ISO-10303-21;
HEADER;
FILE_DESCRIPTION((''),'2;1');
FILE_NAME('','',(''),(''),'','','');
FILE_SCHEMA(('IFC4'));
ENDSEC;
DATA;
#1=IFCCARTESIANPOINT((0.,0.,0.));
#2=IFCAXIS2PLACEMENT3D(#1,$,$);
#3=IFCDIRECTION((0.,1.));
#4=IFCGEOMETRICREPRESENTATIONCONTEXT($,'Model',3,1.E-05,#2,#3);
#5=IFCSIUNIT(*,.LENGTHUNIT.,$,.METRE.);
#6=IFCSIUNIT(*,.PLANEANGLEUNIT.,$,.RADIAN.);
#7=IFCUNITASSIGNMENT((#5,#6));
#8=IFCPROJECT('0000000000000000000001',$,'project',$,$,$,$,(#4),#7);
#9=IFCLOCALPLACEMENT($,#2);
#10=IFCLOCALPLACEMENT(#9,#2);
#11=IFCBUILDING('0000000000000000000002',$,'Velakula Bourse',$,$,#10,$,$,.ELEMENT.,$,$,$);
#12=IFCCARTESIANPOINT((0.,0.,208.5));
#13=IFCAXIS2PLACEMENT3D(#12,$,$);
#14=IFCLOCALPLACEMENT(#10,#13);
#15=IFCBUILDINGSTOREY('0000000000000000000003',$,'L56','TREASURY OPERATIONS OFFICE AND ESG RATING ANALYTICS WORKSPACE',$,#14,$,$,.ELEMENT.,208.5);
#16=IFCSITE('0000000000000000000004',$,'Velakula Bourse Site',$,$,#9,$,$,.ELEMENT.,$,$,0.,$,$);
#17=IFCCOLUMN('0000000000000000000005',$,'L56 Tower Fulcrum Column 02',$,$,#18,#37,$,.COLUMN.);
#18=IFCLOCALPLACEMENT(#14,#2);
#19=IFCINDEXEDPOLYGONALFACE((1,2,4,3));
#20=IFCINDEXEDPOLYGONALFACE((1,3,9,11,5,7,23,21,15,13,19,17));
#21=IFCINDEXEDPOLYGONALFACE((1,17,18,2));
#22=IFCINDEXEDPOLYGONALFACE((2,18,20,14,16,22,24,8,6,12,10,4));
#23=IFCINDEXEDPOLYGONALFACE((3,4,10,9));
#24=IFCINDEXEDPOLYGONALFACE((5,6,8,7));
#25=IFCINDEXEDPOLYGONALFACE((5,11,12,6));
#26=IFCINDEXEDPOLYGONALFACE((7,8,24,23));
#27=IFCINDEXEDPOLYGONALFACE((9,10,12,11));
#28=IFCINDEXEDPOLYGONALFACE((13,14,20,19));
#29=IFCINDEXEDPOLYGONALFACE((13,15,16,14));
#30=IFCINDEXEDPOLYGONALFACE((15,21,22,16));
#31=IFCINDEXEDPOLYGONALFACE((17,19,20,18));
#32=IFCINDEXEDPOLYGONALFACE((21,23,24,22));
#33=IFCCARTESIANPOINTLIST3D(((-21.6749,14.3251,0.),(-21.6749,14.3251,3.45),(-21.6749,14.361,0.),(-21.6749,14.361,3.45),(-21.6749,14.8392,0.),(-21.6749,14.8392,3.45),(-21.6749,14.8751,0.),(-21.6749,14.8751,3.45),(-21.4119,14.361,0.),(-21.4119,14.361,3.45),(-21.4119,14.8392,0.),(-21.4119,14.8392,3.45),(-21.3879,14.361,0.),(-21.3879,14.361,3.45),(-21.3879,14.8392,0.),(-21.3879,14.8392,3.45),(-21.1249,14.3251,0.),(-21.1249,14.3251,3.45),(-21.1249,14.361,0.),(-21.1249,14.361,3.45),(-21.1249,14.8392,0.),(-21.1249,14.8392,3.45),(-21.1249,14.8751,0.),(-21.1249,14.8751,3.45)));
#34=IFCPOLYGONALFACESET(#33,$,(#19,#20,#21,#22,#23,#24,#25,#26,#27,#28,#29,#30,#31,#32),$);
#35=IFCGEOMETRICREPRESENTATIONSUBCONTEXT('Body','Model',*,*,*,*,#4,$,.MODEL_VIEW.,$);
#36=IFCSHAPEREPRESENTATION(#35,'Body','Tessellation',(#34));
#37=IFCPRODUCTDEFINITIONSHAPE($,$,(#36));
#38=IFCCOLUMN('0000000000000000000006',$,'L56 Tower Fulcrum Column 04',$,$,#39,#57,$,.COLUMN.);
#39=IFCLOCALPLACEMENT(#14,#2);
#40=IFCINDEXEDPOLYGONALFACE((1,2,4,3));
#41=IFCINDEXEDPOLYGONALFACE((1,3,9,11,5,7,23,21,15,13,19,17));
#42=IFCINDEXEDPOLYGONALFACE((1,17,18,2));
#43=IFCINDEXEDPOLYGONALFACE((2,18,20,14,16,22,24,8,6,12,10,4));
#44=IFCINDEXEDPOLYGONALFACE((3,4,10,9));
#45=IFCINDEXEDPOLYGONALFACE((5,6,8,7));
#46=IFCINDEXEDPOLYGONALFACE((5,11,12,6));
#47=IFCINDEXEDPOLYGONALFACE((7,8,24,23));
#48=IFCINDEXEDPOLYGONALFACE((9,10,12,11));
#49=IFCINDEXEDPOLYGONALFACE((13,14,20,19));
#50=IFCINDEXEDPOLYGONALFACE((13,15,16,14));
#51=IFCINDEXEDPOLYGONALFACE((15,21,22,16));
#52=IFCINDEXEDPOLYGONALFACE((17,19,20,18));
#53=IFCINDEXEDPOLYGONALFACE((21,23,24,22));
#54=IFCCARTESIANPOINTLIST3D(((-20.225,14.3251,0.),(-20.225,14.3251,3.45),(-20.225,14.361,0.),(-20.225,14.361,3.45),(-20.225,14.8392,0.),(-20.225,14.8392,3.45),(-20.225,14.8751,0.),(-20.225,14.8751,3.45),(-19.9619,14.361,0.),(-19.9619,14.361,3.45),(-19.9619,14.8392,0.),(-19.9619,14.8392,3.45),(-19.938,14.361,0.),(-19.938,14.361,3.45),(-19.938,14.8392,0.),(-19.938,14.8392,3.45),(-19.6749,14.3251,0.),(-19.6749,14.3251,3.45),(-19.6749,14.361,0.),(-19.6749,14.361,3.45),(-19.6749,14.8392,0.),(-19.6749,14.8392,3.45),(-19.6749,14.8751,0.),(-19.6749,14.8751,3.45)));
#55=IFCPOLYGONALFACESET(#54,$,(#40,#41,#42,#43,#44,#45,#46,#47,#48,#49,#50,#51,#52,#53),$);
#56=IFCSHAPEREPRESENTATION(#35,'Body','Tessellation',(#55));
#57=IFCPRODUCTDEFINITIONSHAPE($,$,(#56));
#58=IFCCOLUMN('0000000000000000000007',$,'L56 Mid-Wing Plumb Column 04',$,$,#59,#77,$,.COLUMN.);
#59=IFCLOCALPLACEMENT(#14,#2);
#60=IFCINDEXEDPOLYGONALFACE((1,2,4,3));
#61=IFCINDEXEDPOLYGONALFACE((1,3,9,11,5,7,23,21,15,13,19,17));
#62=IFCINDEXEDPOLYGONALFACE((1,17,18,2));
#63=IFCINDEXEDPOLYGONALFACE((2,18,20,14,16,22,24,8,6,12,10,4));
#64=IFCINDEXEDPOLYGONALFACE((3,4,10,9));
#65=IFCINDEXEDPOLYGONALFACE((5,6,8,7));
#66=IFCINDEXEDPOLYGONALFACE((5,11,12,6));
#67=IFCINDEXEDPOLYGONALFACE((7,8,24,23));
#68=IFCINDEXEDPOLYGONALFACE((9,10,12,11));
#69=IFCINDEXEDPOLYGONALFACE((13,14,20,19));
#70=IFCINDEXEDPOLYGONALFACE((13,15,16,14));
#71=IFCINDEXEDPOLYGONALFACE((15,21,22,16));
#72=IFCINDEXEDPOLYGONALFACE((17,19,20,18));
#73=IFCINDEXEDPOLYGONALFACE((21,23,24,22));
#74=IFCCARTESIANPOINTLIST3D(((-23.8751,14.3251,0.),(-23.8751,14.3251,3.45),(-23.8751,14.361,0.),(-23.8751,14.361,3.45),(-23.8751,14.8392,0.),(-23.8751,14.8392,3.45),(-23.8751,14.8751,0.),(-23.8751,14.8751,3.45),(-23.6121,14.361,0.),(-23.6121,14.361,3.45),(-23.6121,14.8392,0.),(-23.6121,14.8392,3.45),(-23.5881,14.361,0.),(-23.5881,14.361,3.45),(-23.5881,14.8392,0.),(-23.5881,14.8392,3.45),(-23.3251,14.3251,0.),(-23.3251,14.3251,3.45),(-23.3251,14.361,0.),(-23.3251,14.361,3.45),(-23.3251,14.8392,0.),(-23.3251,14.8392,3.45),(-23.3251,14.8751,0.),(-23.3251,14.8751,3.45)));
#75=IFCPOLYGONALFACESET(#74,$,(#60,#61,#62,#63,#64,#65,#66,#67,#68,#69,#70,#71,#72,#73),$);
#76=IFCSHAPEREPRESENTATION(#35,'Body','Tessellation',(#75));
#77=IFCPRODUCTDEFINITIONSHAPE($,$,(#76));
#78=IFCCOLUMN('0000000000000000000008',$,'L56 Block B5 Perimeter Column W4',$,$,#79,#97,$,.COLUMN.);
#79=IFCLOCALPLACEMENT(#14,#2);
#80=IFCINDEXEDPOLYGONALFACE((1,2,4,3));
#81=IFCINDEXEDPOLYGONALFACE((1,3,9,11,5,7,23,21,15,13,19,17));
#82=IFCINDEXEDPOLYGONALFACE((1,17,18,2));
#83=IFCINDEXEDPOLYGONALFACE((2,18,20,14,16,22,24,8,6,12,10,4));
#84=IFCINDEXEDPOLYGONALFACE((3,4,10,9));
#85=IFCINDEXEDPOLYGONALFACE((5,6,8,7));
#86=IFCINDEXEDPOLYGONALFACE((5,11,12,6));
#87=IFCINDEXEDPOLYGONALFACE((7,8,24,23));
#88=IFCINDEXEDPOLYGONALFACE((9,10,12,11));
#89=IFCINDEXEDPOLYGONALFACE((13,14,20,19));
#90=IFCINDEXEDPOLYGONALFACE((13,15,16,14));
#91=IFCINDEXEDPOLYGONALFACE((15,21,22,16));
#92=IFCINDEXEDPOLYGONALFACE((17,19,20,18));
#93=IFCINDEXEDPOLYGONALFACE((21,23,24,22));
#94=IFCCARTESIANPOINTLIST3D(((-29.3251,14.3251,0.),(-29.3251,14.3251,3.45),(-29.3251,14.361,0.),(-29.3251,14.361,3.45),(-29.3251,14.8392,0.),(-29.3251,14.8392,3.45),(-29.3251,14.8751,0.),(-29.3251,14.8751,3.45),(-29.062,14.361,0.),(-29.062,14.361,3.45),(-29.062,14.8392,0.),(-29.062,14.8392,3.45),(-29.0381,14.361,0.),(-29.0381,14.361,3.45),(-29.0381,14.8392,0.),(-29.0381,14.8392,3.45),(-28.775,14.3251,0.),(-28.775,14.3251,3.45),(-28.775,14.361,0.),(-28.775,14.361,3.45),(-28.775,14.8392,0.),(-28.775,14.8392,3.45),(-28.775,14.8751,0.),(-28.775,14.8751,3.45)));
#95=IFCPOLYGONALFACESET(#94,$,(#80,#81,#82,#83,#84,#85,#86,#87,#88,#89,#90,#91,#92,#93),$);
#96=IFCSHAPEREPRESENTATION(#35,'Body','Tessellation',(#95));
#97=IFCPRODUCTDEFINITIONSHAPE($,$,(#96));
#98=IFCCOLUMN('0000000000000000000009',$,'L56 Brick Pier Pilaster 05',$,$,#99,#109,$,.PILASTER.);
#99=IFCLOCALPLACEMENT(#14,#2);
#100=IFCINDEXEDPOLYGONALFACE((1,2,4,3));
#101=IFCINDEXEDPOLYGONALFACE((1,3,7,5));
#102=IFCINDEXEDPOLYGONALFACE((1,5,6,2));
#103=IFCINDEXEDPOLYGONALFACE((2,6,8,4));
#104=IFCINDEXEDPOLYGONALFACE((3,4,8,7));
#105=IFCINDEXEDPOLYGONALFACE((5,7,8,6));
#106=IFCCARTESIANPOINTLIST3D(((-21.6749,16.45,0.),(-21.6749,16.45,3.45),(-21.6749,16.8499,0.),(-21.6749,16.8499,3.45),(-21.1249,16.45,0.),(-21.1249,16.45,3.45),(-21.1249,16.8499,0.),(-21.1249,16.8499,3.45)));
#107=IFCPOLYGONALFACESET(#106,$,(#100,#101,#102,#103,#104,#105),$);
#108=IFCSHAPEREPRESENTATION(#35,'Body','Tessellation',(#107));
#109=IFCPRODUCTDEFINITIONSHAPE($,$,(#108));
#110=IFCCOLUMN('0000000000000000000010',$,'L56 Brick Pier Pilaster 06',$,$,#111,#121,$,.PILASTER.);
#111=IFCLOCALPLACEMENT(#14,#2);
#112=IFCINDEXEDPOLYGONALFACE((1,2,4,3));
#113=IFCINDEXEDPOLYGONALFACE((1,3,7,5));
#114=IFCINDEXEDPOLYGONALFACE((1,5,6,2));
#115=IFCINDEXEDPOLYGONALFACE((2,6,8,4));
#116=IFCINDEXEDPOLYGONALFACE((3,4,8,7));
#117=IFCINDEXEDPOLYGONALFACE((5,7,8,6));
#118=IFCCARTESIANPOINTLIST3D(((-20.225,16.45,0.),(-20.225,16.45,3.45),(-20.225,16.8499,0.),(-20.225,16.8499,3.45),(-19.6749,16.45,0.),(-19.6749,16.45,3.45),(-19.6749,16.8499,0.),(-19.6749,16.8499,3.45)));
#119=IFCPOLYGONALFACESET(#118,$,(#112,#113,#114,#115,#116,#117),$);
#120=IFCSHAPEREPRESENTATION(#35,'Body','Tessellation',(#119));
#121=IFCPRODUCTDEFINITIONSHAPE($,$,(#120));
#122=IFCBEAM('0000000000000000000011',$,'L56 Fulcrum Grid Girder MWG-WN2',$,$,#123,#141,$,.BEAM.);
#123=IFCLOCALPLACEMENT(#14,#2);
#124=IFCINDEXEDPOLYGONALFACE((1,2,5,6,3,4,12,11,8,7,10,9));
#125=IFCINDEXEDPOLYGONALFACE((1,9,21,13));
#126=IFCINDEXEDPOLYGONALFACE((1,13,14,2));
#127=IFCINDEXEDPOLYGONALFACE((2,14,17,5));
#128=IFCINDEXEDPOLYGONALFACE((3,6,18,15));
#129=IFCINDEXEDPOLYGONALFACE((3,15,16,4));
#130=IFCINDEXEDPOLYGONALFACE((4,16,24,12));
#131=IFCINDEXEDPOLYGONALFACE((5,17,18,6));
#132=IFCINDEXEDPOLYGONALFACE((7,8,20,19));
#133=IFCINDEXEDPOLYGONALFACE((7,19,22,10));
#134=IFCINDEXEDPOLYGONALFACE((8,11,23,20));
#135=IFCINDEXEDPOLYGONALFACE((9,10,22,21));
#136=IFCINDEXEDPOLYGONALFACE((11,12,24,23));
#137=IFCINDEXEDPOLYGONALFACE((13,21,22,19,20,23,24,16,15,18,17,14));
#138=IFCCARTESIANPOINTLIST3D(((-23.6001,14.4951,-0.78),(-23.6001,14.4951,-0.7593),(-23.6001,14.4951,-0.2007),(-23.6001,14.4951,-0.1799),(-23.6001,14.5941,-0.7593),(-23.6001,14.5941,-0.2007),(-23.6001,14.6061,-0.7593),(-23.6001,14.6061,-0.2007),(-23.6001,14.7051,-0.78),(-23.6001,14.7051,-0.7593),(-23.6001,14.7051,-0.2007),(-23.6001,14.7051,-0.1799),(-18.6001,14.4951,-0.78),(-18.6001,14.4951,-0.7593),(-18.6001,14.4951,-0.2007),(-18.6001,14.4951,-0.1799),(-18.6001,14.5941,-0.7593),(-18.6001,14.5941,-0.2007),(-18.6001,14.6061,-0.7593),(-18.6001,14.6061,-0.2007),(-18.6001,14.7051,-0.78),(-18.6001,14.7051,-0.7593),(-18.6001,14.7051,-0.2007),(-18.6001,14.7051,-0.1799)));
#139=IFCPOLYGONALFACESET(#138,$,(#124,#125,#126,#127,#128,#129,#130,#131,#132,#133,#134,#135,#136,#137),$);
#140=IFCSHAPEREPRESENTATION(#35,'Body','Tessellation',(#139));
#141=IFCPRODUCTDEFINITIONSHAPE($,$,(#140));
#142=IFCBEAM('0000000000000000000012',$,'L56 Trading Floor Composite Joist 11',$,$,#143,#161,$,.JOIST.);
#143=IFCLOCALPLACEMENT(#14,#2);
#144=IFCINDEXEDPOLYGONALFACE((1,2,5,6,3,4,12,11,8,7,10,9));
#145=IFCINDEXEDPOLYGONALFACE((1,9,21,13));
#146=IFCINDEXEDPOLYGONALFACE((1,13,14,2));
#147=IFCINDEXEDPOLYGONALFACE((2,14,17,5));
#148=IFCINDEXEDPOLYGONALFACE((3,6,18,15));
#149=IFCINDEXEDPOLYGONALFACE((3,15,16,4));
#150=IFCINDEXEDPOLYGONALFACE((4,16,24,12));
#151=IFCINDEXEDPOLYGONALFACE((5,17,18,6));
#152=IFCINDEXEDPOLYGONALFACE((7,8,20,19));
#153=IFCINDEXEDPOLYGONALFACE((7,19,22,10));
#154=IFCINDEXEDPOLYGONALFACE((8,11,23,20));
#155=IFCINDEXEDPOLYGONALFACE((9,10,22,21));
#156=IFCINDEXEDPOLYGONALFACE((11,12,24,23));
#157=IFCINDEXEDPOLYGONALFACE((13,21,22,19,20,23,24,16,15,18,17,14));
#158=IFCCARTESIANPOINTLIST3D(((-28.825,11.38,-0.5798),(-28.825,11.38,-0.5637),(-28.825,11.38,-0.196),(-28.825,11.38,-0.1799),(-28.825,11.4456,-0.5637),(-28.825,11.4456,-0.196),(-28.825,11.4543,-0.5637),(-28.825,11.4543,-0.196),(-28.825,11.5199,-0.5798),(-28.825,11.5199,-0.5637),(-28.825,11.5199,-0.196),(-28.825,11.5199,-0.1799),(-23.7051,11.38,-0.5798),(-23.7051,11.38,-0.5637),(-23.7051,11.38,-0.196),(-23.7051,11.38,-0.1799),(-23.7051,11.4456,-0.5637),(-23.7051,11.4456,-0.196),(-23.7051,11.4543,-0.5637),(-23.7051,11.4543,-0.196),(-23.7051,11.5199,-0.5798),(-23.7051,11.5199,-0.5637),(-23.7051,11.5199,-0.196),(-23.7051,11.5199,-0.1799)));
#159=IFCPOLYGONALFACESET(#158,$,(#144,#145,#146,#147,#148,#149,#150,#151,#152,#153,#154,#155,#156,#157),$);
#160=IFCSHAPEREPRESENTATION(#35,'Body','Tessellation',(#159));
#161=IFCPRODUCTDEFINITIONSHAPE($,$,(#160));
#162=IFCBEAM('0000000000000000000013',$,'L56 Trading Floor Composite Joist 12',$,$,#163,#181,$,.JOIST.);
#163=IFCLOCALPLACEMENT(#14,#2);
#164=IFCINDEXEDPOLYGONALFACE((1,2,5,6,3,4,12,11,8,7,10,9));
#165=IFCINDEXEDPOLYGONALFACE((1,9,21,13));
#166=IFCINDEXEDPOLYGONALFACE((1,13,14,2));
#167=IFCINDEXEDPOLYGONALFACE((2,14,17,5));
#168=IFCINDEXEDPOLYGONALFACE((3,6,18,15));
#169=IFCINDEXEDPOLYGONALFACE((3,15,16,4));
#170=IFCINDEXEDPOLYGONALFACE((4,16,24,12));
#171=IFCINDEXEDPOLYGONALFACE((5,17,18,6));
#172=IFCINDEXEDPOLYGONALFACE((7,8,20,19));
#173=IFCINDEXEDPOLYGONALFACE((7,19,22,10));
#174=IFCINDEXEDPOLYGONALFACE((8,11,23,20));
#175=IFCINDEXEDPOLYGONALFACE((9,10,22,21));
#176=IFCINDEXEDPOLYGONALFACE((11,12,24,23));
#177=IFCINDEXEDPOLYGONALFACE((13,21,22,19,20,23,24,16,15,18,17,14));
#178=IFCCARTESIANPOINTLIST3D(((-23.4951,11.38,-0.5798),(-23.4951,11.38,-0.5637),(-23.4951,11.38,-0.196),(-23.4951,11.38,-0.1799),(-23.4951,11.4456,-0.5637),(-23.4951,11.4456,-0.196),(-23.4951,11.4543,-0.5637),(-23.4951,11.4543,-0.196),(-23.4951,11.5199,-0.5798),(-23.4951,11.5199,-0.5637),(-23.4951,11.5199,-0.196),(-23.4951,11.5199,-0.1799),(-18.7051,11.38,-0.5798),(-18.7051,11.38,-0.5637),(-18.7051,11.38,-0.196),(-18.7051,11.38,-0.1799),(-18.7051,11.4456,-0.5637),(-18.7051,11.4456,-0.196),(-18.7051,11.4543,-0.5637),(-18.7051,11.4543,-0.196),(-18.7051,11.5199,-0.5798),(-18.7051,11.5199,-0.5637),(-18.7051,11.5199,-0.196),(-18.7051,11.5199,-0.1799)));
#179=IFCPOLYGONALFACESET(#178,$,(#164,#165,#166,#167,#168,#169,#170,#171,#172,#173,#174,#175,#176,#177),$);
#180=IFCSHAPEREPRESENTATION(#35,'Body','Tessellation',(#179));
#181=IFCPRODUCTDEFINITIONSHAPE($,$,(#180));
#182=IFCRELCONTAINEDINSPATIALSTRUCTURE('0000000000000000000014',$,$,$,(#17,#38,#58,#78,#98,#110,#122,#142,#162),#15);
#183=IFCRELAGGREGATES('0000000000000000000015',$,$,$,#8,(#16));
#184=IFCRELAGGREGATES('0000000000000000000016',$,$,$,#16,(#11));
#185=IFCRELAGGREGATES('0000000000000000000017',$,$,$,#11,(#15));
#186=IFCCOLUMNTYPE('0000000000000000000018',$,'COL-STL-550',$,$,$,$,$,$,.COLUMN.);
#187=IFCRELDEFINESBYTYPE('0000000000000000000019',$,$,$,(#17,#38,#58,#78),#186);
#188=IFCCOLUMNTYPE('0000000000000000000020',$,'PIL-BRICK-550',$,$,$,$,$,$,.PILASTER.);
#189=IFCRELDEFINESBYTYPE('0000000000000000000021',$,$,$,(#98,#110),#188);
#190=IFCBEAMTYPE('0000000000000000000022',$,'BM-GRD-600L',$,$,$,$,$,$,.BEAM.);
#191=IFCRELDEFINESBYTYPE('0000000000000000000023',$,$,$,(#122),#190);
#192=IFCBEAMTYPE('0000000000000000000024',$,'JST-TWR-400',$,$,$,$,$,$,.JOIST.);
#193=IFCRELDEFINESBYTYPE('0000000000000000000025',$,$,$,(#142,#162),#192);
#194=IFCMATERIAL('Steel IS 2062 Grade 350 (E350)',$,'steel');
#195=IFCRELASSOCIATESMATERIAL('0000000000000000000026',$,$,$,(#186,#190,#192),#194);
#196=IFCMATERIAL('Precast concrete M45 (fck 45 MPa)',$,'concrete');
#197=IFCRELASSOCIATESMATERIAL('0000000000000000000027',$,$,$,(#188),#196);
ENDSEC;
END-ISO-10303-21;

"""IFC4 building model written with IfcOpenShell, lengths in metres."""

from ifc_helpers import new_model, si_unit, direction, frame, origin, origin_2d, place, context, subcontext, project, spatial, rectangle, i_section, extrude, material, material_profile, profile_set, type_object, element, save


model = new_model("IFC4")

# Units and contexts
model_context = context("Model", 3, precision=1e-05, world=origin(), true_north=direction((0.0, 1.0)))
body_context = subcontext(model_context, "Body", "Model", "MODEL_VIEW")
ifc_project = project(units=[si_unit("LENGTHUNIT", "METRE"), si_unit("PLANEANGLEUNIT", "RADIAN")], contexts=[model_context])

# Site, building, storey
site_placement = place(None, origin())
site = spatial("IfcSite", under=ifc_project, at=site_placement, Name="Velakula Bourse Site", CompositionType="ELEMENT", RefElevation=0.0)
building_placement = place(site_placement, origin())
building = spatial("IfcBuilding", under=site, at=building_placement, Name="Velakula Bourse", CompositionType="ELEMENT")
storey_placement = place(building_placement, frame((0.0, 0.0, 208.5)))
storey = spatial("IfcBuildingStorey", under=building, at=storey_placement, Name="L56", Description="TREASURY OPERATIONS OFFICE AND ESG RATING ANALYTICS WORKSPACE", CompositionType="ELEMENT", Elevation=208.5)

# Columns
ifc_material_1 = material(Name="Steel IS 2062 Grade 350 (E350)", Category="steel")
ifc_material_profile_1 = material_profile(ifc_material_1, i_section(OverallWidth=0.55, OverallDepth=0.55, WebThickness=0.0239, FlangeThickness=0.0359, at=origin_2d()), Name="Steel IS 2062 Grade 350 (E350)")
ifc_profile_set_1 = profile_set([ifc_material_profile_1], Name="Steel IS 2062 Grade 350 (E350)")
column_type_1 = type_object("IfcColumnType", Name="COL-STL-550", PredefinedType="COLUMN", material=ifc_profile_set_1)
for number, where, z_axis, x_axis, name in (
    (1, (-21.3999, 14.6001, 0.0), (0.0, 0.0, 1.0), (1.0, 0.0, 0.0), "L56 Tower Fulcrum Column 02"),
    (2, (-19.95, 14.6001, 0.0), (0.0, 0.0, 1.0), (1.0, 0.0, 0.0), "L56 Tower Fulcrum Column 04"),
    (3, (-23.6001, 14.6001, 0.0), (0.0, 0.0, 1.0), (1.0, 0.0, 0.0), "L56 Mid-Wing Plumb Column 04"),
    (4, (-29.05, 14.6001, 0.0), (0.0, 0.0, 1.0), (1.0, 0.0, 0.0), "L56 Block B5 Perimeter Column W4"),
):
    element("IfcColumn", number, at=place(storey_placement, frame(where, z_axis=z_axis, x_axis=x_axis)), inside=storey, type_object=column_type_1, Name=name, PredefinedType="COLUMN", context=body_context, shape_type="SweptSolid", body=[
        extrude(i_section(OverallWidth=0.55, OverallDepth=0.55, WebThickness=0.0239, FlangeThickness=0.0359, at=origin_2d()), origin(), (0.0, 0.0, 1.0), 3.45),
    ])
ifc_material_2 = material(Name="Precast concrete M45 (fck 45 MPa)", Category="concrete")
ifc_material_profile_2 = material_profile(ifc_material_2, rectangle(XDim=0.55, YDim=0.3999, at=origin_2d()), Name="Precast concrete M45 (fck 45 MPa)")
ifc_profile_set_2 = profile_set([ifc_material_profile_2], Name="Precast concrete M45 (fck 45 MPa)")
column_type_2 = type_object("IfcColumnType", Name="PIL-BRICK-550", PredefinedType="PILASTER", material=ifc_profile_set_2)
for number, where, z_axis, x_axis, name in (
    (5, (-21.3999, 16.6499, 0.0), (0.0, 0.0, 1.0), (1.0, 0.0, 0.0), "L56 Brick Pier Pilaster 05"),
    (6, (-19.95, 16.6499, 0.0), (0.0, 0.0, 1.0), (1.0, 0.0, 0.0), "L56 Brick Pier Pilaster 06"),
):
    element("IfcColumn", number, at=place(storey_placement, frame(where, z_axis=z_axis, x_axis=x_axis)), inside=storey, type_object=column_type_2, Name=name, PredefinedType="PILASTER", context=body_context, shape_type="SweptSolid", body=[
        extrude(rectangle(XDim=0.55, YDim=0.3999, at=origin_2d()), origin(), (0.0, 0.0, 1.0), 3.45),
    ])

# Beams
ifc_material_profile_3 = material_profile(ifc_material_1, i_section(OverallWidth=0.21, OverallDepth=0.6001, WebThickness=0.012, FlangeThickness=0.0208, at=origin_2d()), Name="Steel IS 2062 Grade 350 (E350)")
ifc_profile_set_3 = profile_set([ifc_material_profile_3], Name="Steel IS 2062 Grade 350 (E350)")
beam_type_1 = type_object("IfcBeamType", Name="BM-GRD-600L", PredefinedType="BEAM", material=ifc_profile_set_3)
beam_1_placement = place(storey_placement, frame((-23.6001, 14.6001, -0.48), z_axis=(1.0, 0.0, 0.0), x_axis=(0.0, 1.0, 0.0)))
element("IfcBeam", 7, at=beam_1_placement, inside=storey, type_object=beam_type_1, Name="L56 Fulcrum Grid Girder MWG-WN2", PredefinedType="BEAM", context=body_context, shape_type="SweptSolid", body=[
    extrude(i_section(OverallWidth=0.21, OverallDepth=0.6001, WebThickness=0.012, FlangeThickness=0.0208, at=origin_2d()), origin(), (0.0, 0.0, 1.0), 5.0),
])
ifc_material_profile_4 = material_profile(ifc_material_1, i_section(OverallWidth=0.1399, OverallDepth=0.3999, WebThickness=0.0088, FlangeThickness=0.0161, at=origin_2d()), Name="Steel IS 2062 Grade 350 (E350)")
ifc_profile_set_4 = profile_set([ifc_material_profile_4], Name="Steel IS 2062 Grade 350 (E350)")
beam_type_2 = type_object("IfcBeamType", Name="JST-TWR-400", PredefinedType="JOIST", material=ifc_profile_set_4)
beam_2_placement = place(storey_placement, frame((-28.825, 11.45, -0.3799), z_axis=(1.0, 0.0, 0.0), x_axis=(0.0, 1.0, 0.0)))
element("IfcBeam", 8, at=beam_2_placement, inside=storey, type_object=beam_type_2, Name="L56 Trading Floor Composite Joist 11", PredefinedType="JOIST", context=body_context, shape_type="SweptSolid", body=[
    extrude(i_section(OverallWidth=0.1399, OverallDepth=0.3999, WebThickness=0.0088, FlangeThickness=0.0161, at=origin_2d()), origin(), (0.0, 0.0, 1.0), 5.1199),
])
beam_3_placement = place(storey_placement, frame((-23.4951, 11.45, -0.3799), z_axis=(1.0, 0.0, 0.0), x_axis=(0.0, 1.0, 0.0)))
element("IfcBeam", 9, at=beam_3_placement, inside=storey, type_object=beam_type_2, Name="L56 Trading Floor Composite Joist 12", PredefinedType="JOIST", context=body_context, shape_type="SweptSolid", body=[
    extrude(i_section(OverallWidth=0.1399, OverallDepth=0.3999, WebThickness=0.0088, FlangeThickness=0.0161, at=origin_2d()), origin(), (0.0, 0.0, 1.0), 4.79),
])

save(model, "model.ifc")
